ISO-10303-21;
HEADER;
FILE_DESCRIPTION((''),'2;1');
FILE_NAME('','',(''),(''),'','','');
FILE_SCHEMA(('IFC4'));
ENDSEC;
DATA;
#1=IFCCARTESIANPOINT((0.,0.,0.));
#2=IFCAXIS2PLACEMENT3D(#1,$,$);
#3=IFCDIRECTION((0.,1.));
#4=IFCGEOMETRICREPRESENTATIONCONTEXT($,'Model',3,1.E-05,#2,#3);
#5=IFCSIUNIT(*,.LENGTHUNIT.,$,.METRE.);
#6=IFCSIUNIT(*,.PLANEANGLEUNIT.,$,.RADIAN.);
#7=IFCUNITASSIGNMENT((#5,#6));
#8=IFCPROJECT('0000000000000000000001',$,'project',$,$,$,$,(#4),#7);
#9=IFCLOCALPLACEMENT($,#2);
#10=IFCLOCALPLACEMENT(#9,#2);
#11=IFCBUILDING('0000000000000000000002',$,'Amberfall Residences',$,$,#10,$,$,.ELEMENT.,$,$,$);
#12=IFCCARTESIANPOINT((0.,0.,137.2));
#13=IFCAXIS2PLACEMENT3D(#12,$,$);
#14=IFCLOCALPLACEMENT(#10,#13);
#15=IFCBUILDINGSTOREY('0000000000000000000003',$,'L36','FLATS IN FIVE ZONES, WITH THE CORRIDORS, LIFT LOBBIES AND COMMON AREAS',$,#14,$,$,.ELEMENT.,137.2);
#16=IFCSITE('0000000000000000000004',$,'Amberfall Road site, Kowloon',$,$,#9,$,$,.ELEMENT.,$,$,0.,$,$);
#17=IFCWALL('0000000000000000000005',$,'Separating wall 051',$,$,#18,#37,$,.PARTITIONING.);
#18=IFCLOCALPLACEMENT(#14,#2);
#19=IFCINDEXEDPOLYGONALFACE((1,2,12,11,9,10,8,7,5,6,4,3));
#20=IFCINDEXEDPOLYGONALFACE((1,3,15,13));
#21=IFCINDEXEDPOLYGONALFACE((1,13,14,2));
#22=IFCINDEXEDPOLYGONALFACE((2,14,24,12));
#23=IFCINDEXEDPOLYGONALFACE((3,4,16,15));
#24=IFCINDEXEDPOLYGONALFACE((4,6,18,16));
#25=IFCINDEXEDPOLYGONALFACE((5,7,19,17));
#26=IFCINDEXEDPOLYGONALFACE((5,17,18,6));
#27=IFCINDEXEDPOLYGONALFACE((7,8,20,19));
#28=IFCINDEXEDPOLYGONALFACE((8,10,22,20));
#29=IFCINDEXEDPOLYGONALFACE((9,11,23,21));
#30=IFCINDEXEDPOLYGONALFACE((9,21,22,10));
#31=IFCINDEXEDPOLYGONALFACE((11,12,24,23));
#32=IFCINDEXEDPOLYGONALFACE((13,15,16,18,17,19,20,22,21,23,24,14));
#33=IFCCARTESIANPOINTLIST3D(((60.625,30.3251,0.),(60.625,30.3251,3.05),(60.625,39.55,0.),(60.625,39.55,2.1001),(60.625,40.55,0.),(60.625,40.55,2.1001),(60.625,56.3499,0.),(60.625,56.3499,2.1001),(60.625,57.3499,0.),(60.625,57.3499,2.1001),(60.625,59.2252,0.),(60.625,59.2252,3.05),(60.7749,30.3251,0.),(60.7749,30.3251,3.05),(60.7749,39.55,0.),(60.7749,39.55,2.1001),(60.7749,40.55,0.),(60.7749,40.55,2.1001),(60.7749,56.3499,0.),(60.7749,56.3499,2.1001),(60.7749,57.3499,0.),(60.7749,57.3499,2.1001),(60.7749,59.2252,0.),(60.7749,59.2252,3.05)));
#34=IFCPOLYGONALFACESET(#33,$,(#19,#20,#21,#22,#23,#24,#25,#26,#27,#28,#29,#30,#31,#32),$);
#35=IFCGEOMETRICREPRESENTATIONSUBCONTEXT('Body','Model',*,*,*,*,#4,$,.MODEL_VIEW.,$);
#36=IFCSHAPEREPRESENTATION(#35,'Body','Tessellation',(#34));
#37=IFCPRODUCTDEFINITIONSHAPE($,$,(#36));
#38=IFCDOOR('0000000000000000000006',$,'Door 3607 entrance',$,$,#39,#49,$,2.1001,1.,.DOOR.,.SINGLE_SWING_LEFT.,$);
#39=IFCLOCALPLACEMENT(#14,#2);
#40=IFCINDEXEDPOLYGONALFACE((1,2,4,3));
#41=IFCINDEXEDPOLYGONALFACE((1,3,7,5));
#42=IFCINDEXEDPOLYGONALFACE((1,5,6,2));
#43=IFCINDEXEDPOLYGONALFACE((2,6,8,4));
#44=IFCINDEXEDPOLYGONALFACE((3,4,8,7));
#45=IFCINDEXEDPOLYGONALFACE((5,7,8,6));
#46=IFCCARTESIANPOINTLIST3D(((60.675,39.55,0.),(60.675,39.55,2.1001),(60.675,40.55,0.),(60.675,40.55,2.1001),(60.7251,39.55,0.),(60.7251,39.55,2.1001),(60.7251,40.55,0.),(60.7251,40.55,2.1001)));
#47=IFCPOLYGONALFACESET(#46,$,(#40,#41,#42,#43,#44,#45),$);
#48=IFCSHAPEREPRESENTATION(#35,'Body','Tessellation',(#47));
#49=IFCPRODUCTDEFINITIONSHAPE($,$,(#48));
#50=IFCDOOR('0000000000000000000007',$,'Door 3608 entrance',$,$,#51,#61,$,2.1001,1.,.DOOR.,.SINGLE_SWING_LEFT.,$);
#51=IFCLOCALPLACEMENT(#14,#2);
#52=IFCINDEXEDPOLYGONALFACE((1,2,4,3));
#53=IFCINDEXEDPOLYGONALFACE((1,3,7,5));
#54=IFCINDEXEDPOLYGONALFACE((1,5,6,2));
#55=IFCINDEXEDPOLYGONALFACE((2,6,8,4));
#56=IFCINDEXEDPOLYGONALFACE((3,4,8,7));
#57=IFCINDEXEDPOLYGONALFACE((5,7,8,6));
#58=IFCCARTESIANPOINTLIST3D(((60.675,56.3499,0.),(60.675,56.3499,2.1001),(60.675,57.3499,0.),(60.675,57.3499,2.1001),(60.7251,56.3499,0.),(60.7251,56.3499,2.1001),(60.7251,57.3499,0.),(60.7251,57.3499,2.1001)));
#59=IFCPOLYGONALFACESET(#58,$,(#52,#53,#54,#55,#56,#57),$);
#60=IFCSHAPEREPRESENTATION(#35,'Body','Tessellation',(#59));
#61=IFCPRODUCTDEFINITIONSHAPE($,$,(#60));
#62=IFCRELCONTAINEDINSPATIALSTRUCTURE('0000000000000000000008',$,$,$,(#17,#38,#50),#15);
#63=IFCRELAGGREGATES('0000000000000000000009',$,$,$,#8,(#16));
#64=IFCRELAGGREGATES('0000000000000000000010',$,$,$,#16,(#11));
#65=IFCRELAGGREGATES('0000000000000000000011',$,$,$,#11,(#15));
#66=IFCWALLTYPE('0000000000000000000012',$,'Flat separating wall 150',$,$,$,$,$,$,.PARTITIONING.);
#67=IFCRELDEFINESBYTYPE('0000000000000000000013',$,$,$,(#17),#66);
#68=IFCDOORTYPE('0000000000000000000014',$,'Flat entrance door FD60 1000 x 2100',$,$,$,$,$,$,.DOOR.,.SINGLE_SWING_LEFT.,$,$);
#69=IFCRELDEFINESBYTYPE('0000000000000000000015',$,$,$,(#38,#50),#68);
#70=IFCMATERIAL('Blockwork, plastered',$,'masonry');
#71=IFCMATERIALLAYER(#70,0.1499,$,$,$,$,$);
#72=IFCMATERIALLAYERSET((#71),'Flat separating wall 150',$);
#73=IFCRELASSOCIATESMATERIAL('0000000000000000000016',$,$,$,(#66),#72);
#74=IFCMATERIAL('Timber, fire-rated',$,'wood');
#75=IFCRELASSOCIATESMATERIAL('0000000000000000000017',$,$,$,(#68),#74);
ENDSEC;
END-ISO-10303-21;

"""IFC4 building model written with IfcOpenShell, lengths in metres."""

from ifc_helpers import new_model, si_unit, direction, frame, frame_2d, origin, place, context, subcontext, project, spatial, rectangle, extrude, material, layer, layer_set, type_object, element, fill, save


model = new_model("IFC4")

# Units and contexts
model_context = context("Model", 3, precision=1e-05, world=origin(), true_north=direction((0.0, 1.0)))
body_context = subcontext(model_context, "Body", "Model", "MODEL_VIEW")
ifc_project = project(units=[si_unit("LENGTHUNIT", "METRE"), si_unit("PLANEANGLEUNIT", "RADIAN")], contexts=[model_context])

# Site, building, storey
site_placement = place(None, origin())
site = spatial("IfcSite", under=ifc_project, at=site_placement, Name="Amberfall Road site, Kowloon", CompositionType="ELEMENT", RefElevation=0.0)
building_placement = place(site_placement, origin())
building = spatial("IfcBuilding", under=site, at=building_placement, Name="Amberfall Residences", CompositionType="ELEMENT")
storey_placement = place(building_placement, frame((0.0, 0.0, 137.2)))
storey = spatial("IfcBuildingStorey", under=building, at=storey_placement, Name="L36", Description="FLATS IN FIVE ZONES, WITH THE CORRIDORS, LIFT LOBBIES AND COMMON AREAS", CompositionType="ELEMENT", Elevation=137.2)

# Wall, openings, doors
ifc_material_1 = material(Name="Blockwork, plastered", Category="masonry")
ifc_layer_1 = layer(ifc_material_1, 0.1499)
ifc_layer_set_1 = layer_set([ifc_layer_1], Name="Flat separating wall 150")
wall_type_1 = type_object("IfcWallType", Name="Flat separating wall 150", PredefinedType="PARTITIONING", material=ifc_layer_set_1)
wall_1_placement = place(storey_placement, frame((60.7, 30.325, 0.0), z_axis=(0.0, 0.0, 1.0), x_axis=(0.0, 1.0, 0.0)))
wall_1 = element("IfcWall", 1, at=wall_1_placement, inside=storey, type_object=wall_type_1, Name="Separating wall 051", PredefinedType="PARTITIONING", context=body_context, shape_type="SweptSolid", body=[
    extrude(rectangle(XDim=28.9001, YDim=0.1499, at=frame_2d((14.4502, 0.0))), origin(), (0.0, 0.0, 1.0), 3.05),
])
opening_1_placement = place(wall_1_placement, frame((9.2251, 0.0, 0.0)))
opening_1 = element("IfcOpeningElement", 2, at=opening_1_placement, cuts=wall_1, PredefinedType="OPENING", context=body_context, shape_type="SweptSolid", body=[
    extrude(rectangle(XDim=1.0, YDim=2.1001, at=frame_2d((0.5, 1.05))), frame((0.0, 0.085, 0.0), z_axis=(0.0, -1.0, 0.0), x_axis=(1.0, 0.0, 0.0)), (0.0, 0.0, 1.0), 0.1699),
])
opening_2_placement = place(wall_1_placement, frame((26.0249, 0.0, 0.0)))
opening_2 = element("IfcOpeningElement", 3, at=opening_2_placement, cuts=wall_1, PredefinedType="OPENING", context=body_context, shape_type="SweptSolid", body=[
    extrude(rectangle(XDim=1.0, YDim=2.1001, at=frame_2d((0.5, 1.05))), frame((0.0, 0.085, 0.0), z_axis=(0.0, -1.0, 0.0), x_axis=(1.0, 0.0, 0.0)), (0.0, 0.0, 1.0), 0.1699),
])
ifc_material_2 = material(Name="Timber, fire-rated", Category="wood")
door_type_1 = type_object("IfcDoorType", Name="Flat entrance door FD60 1000 x 2100", OperationType="SINGLE_SWING_LEFT", PredefinedType="DOOR", material=ifc_material_2)
door_1_placement = place(opening_1_placement, origin())
door_1 = element("IfcDoor", 4, at=door_1_placement, inside=storey, type_object=door_type_1, Name="Door 3607 entrance", OperationType="SINGLE_SWING_LEFT", OverallHeight=2.1001, OverallWidth=1.0, PredefinedType="DOOR", context=body_context, shape_type="SweptSolid", body=[
    extrude(rectangle(XDim=1.0, YDim=2.1001, at=frame_2d((0.5, 1.05))), frame((0.0, 0.0249, 0.0), z_axis=(0.0, -1.0, 0.0), x_axis=(1.0, 0.0, 0.0)), (0.0, 0.0, 1.0), 0.05),
])
fill(opening_1, door_1)
door_2_placement = place(opening_2_placement, origin())
door_2 = element("IfcDoor", 5, at=door_2_placement, inside=storey, type_object=door_type_1, Name="Door 3608 entrance", OperationType="SINGLE_SWING_LEFT", OverallHeight=2.1001, OverallWidth=1.0, PredefinedType="DOOR", context=body_context, shape_type="SweptSolid", body=[
    extrude(rectangle(XDim=1.0, YDim=2.1001, at=frame_2d((0.5, 1.05))), frame((0.0, 0.0249, 0.0), z_axis=(0.0, -1.0, 0.0), x_axis=(1.0, 0.0, 0.0)), (0.0, 0.0, 1.0), 0.05),
])
fill(opening_2, door_2)

save(model, "model.ifc")
